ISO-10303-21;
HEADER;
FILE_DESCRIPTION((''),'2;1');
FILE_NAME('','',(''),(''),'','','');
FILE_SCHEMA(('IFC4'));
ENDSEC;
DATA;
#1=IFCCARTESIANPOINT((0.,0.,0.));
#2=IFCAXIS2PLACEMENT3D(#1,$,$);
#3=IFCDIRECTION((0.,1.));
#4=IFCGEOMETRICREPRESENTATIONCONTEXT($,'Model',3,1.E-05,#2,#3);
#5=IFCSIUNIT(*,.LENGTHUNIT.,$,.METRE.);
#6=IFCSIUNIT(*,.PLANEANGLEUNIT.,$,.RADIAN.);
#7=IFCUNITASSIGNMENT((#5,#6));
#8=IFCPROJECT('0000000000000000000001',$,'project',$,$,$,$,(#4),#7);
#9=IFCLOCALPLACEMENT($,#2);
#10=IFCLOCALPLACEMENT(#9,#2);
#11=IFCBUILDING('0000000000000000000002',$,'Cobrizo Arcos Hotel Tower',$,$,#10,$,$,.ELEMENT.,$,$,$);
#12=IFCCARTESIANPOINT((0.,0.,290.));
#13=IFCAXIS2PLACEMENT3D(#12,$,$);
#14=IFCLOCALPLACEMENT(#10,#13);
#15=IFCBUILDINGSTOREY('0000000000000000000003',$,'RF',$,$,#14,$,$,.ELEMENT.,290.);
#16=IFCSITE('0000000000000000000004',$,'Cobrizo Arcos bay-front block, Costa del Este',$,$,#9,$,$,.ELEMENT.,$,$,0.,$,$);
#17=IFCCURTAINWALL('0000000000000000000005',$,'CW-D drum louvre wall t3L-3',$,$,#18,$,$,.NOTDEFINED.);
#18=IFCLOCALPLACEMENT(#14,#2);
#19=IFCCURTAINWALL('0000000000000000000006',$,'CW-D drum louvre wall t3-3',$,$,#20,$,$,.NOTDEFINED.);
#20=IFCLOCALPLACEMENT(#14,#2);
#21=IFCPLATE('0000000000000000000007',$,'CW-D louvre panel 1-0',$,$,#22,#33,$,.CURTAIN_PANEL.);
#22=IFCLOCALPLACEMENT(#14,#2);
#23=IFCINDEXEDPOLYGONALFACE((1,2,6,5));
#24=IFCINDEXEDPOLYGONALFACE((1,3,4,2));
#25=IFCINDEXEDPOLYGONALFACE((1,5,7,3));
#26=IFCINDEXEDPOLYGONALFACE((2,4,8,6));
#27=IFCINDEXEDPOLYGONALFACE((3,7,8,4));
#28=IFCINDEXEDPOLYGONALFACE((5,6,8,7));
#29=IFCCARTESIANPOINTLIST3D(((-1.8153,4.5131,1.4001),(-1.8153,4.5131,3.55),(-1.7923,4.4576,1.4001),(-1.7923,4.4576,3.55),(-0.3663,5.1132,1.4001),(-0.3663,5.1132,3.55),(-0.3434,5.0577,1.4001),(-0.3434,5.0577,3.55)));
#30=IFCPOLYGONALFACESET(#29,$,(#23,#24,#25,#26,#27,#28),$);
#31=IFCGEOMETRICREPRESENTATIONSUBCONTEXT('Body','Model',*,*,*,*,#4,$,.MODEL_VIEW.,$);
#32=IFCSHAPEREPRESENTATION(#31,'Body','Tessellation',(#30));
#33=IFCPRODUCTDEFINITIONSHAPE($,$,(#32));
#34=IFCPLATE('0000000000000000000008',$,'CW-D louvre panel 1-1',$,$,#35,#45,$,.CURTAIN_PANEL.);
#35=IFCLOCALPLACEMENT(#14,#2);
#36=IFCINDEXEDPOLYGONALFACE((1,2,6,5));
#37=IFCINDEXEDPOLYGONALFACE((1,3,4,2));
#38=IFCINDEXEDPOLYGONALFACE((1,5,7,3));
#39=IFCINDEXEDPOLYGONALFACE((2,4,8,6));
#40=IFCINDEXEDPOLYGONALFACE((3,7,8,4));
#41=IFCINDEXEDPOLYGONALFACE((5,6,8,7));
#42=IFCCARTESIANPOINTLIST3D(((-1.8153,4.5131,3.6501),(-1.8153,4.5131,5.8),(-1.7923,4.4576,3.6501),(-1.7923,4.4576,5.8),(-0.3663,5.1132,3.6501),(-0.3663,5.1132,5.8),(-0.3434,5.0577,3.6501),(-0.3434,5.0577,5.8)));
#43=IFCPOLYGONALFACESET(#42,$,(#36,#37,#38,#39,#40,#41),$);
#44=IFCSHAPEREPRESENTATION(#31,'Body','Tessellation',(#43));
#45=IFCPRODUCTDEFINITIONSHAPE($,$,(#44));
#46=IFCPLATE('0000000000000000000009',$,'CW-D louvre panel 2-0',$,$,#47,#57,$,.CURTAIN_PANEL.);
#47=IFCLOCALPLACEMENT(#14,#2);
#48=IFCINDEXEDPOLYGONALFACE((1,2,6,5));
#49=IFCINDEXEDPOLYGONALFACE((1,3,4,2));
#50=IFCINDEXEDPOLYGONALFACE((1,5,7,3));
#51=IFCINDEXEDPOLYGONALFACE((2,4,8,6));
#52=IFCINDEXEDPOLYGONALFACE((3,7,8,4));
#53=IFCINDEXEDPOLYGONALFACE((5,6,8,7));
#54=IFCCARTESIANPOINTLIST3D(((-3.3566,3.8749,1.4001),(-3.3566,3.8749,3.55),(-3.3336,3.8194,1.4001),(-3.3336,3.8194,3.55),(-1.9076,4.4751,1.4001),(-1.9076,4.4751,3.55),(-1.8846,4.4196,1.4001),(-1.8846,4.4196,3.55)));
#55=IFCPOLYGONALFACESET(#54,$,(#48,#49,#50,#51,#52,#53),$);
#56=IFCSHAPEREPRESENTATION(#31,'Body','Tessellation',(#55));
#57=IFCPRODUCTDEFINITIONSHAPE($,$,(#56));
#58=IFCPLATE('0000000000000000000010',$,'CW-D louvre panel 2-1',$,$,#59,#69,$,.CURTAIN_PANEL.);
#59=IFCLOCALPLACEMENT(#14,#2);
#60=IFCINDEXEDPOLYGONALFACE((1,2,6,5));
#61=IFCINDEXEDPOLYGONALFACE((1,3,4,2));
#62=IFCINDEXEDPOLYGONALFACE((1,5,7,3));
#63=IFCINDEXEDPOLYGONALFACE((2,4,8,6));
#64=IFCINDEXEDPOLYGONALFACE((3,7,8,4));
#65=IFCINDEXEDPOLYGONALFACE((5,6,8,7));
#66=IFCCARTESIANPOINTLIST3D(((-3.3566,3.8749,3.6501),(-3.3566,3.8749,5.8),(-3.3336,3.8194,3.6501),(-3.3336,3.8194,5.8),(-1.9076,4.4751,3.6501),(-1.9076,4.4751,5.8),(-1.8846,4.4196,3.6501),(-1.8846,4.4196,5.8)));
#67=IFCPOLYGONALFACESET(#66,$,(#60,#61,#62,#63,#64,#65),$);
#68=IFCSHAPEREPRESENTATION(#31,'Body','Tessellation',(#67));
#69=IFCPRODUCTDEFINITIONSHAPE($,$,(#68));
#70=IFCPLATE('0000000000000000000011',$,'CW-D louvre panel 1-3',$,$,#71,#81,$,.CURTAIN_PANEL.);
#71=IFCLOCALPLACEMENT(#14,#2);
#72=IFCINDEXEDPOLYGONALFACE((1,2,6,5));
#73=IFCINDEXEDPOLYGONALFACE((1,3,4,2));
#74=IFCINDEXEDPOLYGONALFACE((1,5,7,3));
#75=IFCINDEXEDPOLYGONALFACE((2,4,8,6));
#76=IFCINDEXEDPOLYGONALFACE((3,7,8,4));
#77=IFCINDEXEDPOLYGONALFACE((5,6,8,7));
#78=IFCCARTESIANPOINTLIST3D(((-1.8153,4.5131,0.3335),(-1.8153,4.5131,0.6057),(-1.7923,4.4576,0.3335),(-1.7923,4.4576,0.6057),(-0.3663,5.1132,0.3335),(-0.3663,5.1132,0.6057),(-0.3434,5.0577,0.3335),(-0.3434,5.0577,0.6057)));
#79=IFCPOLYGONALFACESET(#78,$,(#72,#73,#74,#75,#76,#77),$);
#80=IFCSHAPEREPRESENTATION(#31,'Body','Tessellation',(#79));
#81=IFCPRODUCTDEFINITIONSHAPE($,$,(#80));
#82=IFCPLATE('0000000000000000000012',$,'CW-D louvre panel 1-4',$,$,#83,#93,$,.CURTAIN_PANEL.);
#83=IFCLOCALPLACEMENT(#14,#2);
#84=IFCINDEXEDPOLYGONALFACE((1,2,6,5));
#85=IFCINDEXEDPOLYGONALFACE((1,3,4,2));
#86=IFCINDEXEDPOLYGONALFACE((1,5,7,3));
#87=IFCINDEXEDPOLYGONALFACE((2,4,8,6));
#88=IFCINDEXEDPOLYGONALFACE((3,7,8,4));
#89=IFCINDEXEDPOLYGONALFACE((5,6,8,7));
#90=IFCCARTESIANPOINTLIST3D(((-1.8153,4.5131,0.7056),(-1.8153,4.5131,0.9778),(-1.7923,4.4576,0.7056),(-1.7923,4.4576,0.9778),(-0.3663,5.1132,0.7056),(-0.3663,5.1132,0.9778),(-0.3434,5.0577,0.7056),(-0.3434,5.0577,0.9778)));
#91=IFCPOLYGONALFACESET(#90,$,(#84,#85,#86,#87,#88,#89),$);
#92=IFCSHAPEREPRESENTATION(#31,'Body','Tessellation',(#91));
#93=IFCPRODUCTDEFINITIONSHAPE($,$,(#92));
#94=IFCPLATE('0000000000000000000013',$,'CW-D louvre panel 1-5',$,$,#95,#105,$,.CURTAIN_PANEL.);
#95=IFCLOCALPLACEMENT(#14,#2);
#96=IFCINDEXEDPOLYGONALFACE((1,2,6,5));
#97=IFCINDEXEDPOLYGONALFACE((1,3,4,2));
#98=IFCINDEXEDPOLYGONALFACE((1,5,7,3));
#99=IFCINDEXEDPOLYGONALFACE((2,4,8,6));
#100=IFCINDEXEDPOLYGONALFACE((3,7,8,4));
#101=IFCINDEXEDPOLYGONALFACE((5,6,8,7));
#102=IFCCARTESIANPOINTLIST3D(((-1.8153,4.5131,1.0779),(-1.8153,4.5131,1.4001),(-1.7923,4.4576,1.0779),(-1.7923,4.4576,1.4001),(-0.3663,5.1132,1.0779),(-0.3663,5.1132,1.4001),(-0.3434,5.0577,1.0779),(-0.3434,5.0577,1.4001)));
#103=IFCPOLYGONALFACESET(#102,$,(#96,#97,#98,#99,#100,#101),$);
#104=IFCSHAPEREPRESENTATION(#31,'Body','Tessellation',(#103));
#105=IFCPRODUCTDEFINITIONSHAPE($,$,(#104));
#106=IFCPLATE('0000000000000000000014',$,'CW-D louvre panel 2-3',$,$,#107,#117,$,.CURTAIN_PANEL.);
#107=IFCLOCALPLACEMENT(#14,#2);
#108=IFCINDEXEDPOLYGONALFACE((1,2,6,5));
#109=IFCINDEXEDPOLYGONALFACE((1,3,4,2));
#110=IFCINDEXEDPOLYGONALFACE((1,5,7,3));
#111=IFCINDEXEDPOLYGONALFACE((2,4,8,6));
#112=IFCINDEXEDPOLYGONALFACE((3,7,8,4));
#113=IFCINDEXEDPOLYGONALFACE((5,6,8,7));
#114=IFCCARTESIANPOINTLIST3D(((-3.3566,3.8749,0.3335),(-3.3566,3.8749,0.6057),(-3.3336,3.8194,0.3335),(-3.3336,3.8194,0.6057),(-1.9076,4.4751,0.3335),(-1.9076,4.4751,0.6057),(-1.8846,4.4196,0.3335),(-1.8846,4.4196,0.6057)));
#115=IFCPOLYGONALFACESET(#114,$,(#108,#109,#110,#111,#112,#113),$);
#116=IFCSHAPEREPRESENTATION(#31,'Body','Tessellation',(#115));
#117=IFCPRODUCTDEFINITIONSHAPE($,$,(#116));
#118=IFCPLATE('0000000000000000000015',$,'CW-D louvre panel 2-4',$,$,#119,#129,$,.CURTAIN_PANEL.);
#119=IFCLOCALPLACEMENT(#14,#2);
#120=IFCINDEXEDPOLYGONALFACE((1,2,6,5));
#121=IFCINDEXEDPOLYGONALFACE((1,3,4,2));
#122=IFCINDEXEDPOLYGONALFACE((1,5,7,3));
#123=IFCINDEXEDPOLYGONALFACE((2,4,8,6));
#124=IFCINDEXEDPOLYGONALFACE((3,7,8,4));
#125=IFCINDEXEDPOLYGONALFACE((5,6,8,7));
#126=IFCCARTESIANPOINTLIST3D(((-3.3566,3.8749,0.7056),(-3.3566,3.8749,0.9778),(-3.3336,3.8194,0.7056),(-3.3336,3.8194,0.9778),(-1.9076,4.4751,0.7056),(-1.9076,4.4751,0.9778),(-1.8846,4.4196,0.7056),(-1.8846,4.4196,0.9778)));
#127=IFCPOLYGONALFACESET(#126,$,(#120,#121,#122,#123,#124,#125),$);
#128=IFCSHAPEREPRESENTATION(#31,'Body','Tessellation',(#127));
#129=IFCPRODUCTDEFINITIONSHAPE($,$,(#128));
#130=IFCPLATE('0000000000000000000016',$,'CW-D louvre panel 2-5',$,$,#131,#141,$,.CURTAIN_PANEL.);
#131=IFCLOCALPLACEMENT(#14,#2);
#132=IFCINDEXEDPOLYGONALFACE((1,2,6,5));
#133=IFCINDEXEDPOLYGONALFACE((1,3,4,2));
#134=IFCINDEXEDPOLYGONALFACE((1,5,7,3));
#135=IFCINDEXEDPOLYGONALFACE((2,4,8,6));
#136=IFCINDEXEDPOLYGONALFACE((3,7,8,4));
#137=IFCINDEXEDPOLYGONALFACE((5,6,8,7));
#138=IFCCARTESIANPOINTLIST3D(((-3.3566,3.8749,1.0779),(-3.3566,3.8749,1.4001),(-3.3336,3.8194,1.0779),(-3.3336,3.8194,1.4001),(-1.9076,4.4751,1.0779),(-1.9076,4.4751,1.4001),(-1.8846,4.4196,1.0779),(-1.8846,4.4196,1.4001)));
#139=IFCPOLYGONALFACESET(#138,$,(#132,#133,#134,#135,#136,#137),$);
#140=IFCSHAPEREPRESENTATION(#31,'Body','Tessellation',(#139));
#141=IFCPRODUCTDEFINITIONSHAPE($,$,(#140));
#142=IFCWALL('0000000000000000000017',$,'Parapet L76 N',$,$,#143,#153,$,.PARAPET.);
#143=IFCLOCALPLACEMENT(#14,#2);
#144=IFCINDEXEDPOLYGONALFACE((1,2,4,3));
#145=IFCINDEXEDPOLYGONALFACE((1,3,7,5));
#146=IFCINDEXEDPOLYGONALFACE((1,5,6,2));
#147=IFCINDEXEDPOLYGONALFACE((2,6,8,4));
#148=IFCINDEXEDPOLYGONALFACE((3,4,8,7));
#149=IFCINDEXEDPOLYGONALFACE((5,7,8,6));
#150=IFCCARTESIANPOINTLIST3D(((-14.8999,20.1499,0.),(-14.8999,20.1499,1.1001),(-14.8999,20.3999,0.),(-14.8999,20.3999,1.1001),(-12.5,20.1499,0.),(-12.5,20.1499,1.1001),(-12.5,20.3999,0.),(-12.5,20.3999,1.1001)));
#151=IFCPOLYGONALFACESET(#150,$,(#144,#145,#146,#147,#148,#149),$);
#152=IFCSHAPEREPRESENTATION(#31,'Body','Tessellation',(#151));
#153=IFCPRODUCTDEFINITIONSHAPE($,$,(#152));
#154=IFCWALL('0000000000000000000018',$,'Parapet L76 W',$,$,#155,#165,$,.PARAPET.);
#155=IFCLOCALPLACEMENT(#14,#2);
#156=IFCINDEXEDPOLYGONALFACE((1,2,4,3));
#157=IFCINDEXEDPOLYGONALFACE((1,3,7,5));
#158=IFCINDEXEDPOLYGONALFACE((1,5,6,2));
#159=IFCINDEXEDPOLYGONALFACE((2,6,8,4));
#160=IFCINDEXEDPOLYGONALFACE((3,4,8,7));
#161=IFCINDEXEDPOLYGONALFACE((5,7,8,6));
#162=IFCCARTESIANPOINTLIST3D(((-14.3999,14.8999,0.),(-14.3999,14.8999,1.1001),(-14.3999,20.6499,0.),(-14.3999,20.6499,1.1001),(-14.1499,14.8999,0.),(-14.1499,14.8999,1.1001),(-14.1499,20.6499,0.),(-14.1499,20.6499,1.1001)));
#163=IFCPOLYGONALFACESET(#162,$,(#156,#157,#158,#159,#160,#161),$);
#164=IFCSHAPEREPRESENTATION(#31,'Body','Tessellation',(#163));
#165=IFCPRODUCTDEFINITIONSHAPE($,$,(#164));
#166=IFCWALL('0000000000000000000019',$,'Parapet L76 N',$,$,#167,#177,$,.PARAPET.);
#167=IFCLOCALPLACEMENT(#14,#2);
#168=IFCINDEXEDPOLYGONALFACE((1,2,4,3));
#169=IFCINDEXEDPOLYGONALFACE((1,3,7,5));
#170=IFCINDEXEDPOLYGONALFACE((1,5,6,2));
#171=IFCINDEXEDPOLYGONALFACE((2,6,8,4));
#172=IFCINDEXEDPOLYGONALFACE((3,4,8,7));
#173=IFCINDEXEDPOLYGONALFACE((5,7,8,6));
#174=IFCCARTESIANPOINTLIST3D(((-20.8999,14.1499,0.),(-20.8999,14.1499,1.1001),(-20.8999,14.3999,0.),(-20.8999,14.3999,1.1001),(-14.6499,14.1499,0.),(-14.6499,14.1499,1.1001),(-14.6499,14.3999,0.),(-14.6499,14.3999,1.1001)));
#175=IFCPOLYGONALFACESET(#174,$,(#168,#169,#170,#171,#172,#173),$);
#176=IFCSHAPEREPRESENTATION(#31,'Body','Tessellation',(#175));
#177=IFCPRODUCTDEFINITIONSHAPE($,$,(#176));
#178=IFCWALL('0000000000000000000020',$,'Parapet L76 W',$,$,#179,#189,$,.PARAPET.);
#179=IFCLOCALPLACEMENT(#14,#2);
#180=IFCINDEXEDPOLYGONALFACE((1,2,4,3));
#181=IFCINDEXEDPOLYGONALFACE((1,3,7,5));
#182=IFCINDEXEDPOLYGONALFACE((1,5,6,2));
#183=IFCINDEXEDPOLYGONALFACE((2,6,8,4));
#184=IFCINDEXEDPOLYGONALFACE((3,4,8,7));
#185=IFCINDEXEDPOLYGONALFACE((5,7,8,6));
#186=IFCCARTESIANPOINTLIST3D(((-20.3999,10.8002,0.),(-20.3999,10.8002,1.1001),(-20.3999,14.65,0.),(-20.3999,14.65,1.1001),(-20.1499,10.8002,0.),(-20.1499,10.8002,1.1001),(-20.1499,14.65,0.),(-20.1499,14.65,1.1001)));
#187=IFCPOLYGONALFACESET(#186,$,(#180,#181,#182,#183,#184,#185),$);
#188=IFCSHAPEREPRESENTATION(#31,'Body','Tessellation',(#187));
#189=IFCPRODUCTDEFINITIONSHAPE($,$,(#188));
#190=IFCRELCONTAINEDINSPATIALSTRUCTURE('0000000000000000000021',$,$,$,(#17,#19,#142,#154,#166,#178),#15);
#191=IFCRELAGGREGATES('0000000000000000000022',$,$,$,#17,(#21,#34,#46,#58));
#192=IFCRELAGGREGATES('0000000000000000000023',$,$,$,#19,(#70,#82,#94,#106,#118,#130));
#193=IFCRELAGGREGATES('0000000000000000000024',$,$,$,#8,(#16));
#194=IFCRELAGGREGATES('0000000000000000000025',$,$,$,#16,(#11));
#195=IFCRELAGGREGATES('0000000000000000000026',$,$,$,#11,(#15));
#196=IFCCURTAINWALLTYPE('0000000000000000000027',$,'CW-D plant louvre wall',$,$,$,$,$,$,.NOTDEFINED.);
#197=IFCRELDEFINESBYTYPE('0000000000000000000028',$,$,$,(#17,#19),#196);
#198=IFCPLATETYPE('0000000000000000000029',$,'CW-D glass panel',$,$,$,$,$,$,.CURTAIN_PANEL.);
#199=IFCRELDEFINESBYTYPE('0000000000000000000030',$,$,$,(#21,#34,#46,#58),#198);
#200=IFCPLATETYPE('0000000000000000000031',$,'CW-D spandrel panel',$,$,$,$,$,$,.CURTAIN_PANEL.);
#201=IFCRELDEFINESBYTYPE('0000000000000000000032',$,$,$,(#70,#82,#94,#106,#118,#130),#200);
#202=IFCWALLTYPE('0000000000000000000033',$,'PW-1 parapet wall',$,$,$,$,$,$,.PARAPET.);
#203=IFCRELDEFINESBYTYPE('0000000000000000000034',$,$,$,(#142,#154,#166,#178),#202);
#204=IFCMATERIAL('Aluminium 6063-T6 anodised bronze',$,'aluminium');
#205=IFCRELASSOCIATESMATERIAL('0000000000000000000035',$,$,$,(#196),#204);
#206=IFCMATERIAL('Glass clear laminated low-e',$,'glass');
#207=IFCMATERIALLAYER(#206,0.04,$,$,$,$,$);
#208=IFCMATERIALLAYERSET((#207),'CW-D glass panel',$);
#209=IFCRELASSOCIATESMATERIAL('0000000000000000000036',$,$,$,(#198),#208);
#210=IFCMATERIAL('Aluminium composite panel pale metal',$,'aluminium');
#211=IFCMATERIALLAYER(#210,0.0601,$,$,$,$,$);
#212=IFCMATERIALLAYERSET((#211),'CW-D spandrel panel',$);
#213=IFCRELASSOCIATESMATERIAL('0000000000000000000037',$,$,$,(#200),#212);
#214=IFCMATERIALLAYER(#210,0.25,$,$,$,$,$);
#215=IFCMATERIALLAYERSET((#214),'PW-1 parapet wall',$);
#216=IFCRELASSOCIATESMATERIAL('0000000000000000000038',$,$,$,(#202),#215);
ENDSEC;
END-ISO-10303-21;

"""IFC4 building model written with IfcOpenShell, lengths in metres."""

from ifc_helpers import new_model, si_unit, direction, frame, frame_2d, origin, origin_2d, place, context, subcontext, project, spatial, rectangle, extrude, material, layer, layer_set, type_object, element, aggregate, save


model = new_model("IFC4")

# Units and contexts
model_context = context("Model", 3, precision=1e-05, world=origin(), true_north=direction((0.0, 1.0)))
body_context = subcontext(model_context, "Body", "Model", "MODEL_VIEW")
ifc_project = project(units=[si_unit("LENGTHUNIT", "METRE"), si_unit("PLANEANGLEUNIT", "RADIAN")], contexts=[model_context])

# Site, building, storey
site_placement = place(None, origin())
site = spatial("IfcSite", under=ifc_project, at=site_placement, Name="Cobrizo Arcos bay-front block, Costa del Este", CompositionType="ELEMENT", RefElevation=0.0)
building_placement = place(site_placement, origin())
building = spatial("IfcBuilding", under=site, at=building_placement, Name="Cobrizo Arcos Hotel Tower", CompositionType="ELEMENT")
storey_placement = place(building_placement, frame((0.0, 0.0, 290.0)))
storey = spatial("IfcBuildingStorey", under=building, at=storey_placement, Name="RF", CompositionType="ELEMENT", Elevation=290.0)

# Curtain wall
ifc_material_1 = material(Name="Aluminium 6063-T6 anodised bronze", Category="aluminium")
curtain_wall_type = type_object("IfcCurtainWallType", Name="CW-D plant louvre wall", PredefinedType="NOTDEFINED", material=ifc_material_1)
curtain_wall_1_placement = place(storey_placement, origin())
curtain_wall_1 = element("IfcCurtainWall", 1, at=curtain_wall_1_placement, inside=storey, type_object=curtain_wall_type, Name="CW-D drum louvre wall t3L-3", PredefinedType="NOTDEFINED")

# Curtain wall
curtain_wall_2_placement = place(storey_placement, origin())
curtain_wall_2 = element("IfcCurtainWall", 2, at=curtain_wall_2_placement, inside=storey, type_object=curtain_wall_type, Name="CW-D drum louvre wall t3-3", PredefinedType="NOTDEFINED")

# Plates
ifc_material_2 = material(Name="Glass clear laminated low-e", Category="glass")
ifc_layer_1 = layer(ifc_material_2, 0.04)
ifc_layer_set_1 = layer_set([ifc_layer_1], Name="CW-D glass panel")
plate_type_1 = type_object("IfcPlateType", Name="CW-D glass panel", PredefinedType="CURTAIN_PANEL", material=ifc_layer_set_1)
plate_1_placement = place(storey_placement, frame((-1.0793, 4.7854, 1.4001), z_axis=(0.0, 0.0, 1.0), x_axis=(-0.92388, -0.382683, 0.0)))
plate_1 = element("IfcPlate", 3, at=plate_1_placement, type_object=plate_type_1, Name="CW-D louvre panel 1-0", PredefinedType="CURTAIN_PANEL", context=body_context, shape_type="SweptSolid", body=[
    extrude(rectangle(XDim=1.5684, YDim=0.0601, at=origin_2d()), origin(), (0.0, 0.0, 1.0), 2.1499),
])
plate_2_placement = place(storey_placement, frame((-1.0793, 4.7854, 3.6501), z_axis=(0.0, 0.0, 1.0), x_axis=(-0.92388, -0.382683, 0.0)))
plate_2 = element("IfcPlate", 4, at=plate_2_placement, type_object=plate_type_1, Name="CW-D louvre panel 1-1", PredefinedType="CURTAIN_PANEL", context=body_context, shape_type="SweptSolid", body=[
    extrude(rectangle(XDim=1.5684, YDim=0.0601, at=origin_2d()), origin(), (0.0, 0.0, 1.0), 2.1499),
])
plate_3_placement = place(storey_placement, frame((-2.6206, 4.1472, 1.4001), z_axis=(0.0, 0.0, 1.0), x_axis=(-0.92388, -0.382683, 0.0)))
plate_3 = element("IfcPlate", 5, at=plate_3_placement, type_object=plate_type_1, Name="CW-D louvre panel 2-0", PredefinedType="CURTAIN_PANEL", context=body_context, shape_type="SweptSolid", body=[
    extrude(rectangle(XDim=1.5684, YDim=0.0601, at=origin_2d()), origin(), (0.0, 0.0, 1.0), 2.1499),
])
plate_4_placement = place(storey_placement, frame((-2.6206, 4.1472, 3.6501), z_axis=(0.0, 0.0, 1.0), x_axis=(-0.92388, -0.382683, 0.0)))
plate_4 = element("IfcPlate", 6, at=plate_4_placement, type_object=plate_type_1, Name="CW-D louvre panel 2-1", PredefinedType="CURTAIN_PANEL", context=body_context, shape_type="SweptSolid", body=[
    extrude(rectangle(XDim=1.5684, YDim=0.0601, at=origin_2d()), origin(), (0.0, 0.0, 1.0), 2.1499),
])
aggregate(curtain_wall_1, [plate_1, plate_2, plate_3, plate_4])
ifc_material_3 = material(Name="Aluminium composite panel pale metal", Category="aluminium")
ifc_layer_2 = layer(ifc_material_3, 0.0601)
ifc_layer_set_2 = layer_set([ifc_layer_2], Name="CW-D spandrel panel")
plate_type_2 = type_object("IfcPlateType", Name="CW-D spandrel panel", PredefinedType="CURTAIN_PANEL", material=ifc_layer_set_2)
plate_5_placement = place(storey_placement, frame((-1.0793, 4.7854, 0.3335), z_axis=(0.0, 0.0, 1.0), x_axis=(-0.92388, -0.382683, 0.0)))
plate_5 = element("IfcPlate", 7, at=plate_5_placement, type_object=plate_type_2, Name="CW-D louvre panel 1-3", PredefinedType="CURTAIN_PANEL", context=body_context, shape_type="SweptSolid", body=[
    extrude(rectangle(XDim=1.5684, YDim=0.0601, at=origin_2d()), origin(), (0.0, 0.0, 1.0), 0.2722),
])
plate_6_placement = place(storey_placement, frame((-1.0793, 4.7854, 0.7056), z_axis=(0.0, 0.0, 1.0), x_axis=(-0.92388, -0.382683, 0.0)))
plate_6 = element("IfcPlate", 8, at=plate_6_placement, type_object=plate_type_2, Name="CW-D louvre panel 1-4", PredefinedType="CURTAIN_PANEL", context=body_context, shape_type="SweptSolid", body=[
    extrude(rectangle(XDim=1.5684, YDim=0.0601, at=origin_2d()), origin(), (0.0, 0.0, 1.0), 0.2722),
])
plate_7_placement = place(storey_placement, frame((-1.0793, 4.7854, 1.0779), z_axis=(0.0, 0.0, 1.0), x_axis=(-0.92388, -0.382683, 0.0)))
plate_7 = element("IfcPlate", 9, at=plate_7_placement, type_object=plate_type_2, Name="CW-D louvre panel 1-5", PredefinedType="CURTAIN_PANEL", context=body_context, shape_type="SweptSolid", body=[
    extrude(rectangle(XDim=1.5684, YDim=0.0601, at=origin_2d()), origin(), (0.0, 0.0, 1.0), 0.3223),
])
plate_8_placement = place(storey_placement, frame((-2.6206, 4.1472, 0.3335), z_axis=(0.0, 0.0, 1.0), x_axis=(-0.92388, -0.382683, 0.0)))
plate_8 = element("IfcPlate", 10, at=plate_8_placement, type_object=plate_type_2, Name="CW-D louvre panel 2-3", PredefinedType="CURTAIN_PANEL", context=body_context, shape_type="SweptSolid", body=[
    extrude(rectangle(XDim=1.5684, YDim=0.0601, at=origin_2d()), origin(), (0.0, 0.0, 1.0), 0.2722),
])
plate_9_placement = place(storey_placement, frame((-2.6206, 4.1472, 0.7056), z_axis=(0.0, 0.0, 1.0), x_axis=(-0.92388, -0.382683, 0.0)))
plate_9 = element("IfcPlate", 11, at=plate_9_placement, type_object=plate_type_2, Name="CW-D louvre panel 2-4", PredefinedType="CURTAIN_PANEL", context=body_context, shape_type="SweptSolid", body=[
    extrude(rectangle(XDim=1.5684, YDim=0.0601, at=origin_2d()), origin(), (0.0, 0.0, 1.0), 0.2722),
])
plate_10_placement = place(storey_placement, frame((-2.6206, 4.1472, 1.0779), z_axis=(0.0, 0.0, 1.0), x_axis=(-0.92388, -0.382683, 0.0)))
plate_10 = element("IfcPlate", 12, at=plate_10_placement, type_object=plate_type_2, Name="CW-D louvre panel 2-5", PredefinedType="CURTAIN_PANEL", context=body_context, shape_type="SweptSolid", body=[
    extrude(rectangle(XDim=1.5684, YDim=0.0601, at=origin_2d()), origin(), (0.0, 0.0, 1.0), 0.3223),
])
aggregate(curtain_wall_2, [plate_5, plate_6, plate_7, plate_8, plate_9, plate_10])

# Walls
ifc_layer_3 = layer(ifc_material_3, 0.25)
ifc_layer_set_3 = layer_set([ifc_layer_3], Name="PW-1 parapet wall")
wall_type = type_object("IfcWallType", Name="PW-1 parapet wall", PredefinedType="PARAPET", material=ifc_layer_set_3)
wall_1_placement = place(storey_placement, frame((-12.5, 20.2749, 0.0), z_axis=(0.0, 0.0, 1.0), x_axis=(-1.0, 0.0, 0.0)))
element("IfcWall", 13, at=wall_1_placement, inside=storey, type_object=wall_type, Name="Parapet L76 N", PredefinedType="PARAPET", context=body_context, shape_type="SweptSolid", body=[
    extrude(rectangle(XDim=2.3999, YDim=0.25, at=frame_2d((1.2, 0.0))), origin(), (0.0, 0.0, 1.0), 1.1001),
])
wall_2_placement = place(storey_placement, frame((-14.2749, 20.6499, 0.0), z_axis=(0.0, 0.0, 1.0), x_axis=(0.0, -1.0, 0.0)))
element("IfcWall", 14, at=wall_2_placement, inside=storey, type_object=wall_type, Name="Parapet L76 W", PredefinedType="PARAPET", context=body_context, shape_type="SweptSolid", body=[
    extrude(rectangle(XDim=5.75, YDim=0.25, at=frame_2d((2.875, 0.0))), origin(), (0.0, 0.0, 1.0), 1.1001),
])
wall_3_placement = place(storey_placement, frame((-14.6499, 14.2749, 0.0), z_axis=(0.0, 0.0, 1.0), x_axis=(-1.0, 0.0, 0.0)))
element("IfcWall", 15, at=wall_3_placement, inside=storey, type_object=wall_type, Name="Parapet L76 N", PredefinedType="PARAPET", context=body_context, shape_type="SweptSolid", body=[
    extrude(rectangle(XDim=6.25, YDim=0.25, at=frame_2d((3.125, 0.0))), origin(), (0.0, 0.0, 1.0), 1.1001),
])
wall_4_placement = place(storey_placement, frame((-20.2749, 14.6499, 0.0), z_axis=(0.0, 0.0, 1.0), x_axis=(0.0, -1.0, 0.0)))
element("IfcWall", 16, at=wall_4_placement, inside=storey, type_object=wall_type, Name="Parapet L76 W", PredefinedType="PARAPET", context=body_context, shape_type="SweptSolid", body=[
    extrude(rectangle(XDim=3.8499, YDim=0.25, at=frame_2d((1.9248, 0.0))), origin(), (0.0, 0.0, 1.0), 1.1001),
])

save(model, "model.ifc")
